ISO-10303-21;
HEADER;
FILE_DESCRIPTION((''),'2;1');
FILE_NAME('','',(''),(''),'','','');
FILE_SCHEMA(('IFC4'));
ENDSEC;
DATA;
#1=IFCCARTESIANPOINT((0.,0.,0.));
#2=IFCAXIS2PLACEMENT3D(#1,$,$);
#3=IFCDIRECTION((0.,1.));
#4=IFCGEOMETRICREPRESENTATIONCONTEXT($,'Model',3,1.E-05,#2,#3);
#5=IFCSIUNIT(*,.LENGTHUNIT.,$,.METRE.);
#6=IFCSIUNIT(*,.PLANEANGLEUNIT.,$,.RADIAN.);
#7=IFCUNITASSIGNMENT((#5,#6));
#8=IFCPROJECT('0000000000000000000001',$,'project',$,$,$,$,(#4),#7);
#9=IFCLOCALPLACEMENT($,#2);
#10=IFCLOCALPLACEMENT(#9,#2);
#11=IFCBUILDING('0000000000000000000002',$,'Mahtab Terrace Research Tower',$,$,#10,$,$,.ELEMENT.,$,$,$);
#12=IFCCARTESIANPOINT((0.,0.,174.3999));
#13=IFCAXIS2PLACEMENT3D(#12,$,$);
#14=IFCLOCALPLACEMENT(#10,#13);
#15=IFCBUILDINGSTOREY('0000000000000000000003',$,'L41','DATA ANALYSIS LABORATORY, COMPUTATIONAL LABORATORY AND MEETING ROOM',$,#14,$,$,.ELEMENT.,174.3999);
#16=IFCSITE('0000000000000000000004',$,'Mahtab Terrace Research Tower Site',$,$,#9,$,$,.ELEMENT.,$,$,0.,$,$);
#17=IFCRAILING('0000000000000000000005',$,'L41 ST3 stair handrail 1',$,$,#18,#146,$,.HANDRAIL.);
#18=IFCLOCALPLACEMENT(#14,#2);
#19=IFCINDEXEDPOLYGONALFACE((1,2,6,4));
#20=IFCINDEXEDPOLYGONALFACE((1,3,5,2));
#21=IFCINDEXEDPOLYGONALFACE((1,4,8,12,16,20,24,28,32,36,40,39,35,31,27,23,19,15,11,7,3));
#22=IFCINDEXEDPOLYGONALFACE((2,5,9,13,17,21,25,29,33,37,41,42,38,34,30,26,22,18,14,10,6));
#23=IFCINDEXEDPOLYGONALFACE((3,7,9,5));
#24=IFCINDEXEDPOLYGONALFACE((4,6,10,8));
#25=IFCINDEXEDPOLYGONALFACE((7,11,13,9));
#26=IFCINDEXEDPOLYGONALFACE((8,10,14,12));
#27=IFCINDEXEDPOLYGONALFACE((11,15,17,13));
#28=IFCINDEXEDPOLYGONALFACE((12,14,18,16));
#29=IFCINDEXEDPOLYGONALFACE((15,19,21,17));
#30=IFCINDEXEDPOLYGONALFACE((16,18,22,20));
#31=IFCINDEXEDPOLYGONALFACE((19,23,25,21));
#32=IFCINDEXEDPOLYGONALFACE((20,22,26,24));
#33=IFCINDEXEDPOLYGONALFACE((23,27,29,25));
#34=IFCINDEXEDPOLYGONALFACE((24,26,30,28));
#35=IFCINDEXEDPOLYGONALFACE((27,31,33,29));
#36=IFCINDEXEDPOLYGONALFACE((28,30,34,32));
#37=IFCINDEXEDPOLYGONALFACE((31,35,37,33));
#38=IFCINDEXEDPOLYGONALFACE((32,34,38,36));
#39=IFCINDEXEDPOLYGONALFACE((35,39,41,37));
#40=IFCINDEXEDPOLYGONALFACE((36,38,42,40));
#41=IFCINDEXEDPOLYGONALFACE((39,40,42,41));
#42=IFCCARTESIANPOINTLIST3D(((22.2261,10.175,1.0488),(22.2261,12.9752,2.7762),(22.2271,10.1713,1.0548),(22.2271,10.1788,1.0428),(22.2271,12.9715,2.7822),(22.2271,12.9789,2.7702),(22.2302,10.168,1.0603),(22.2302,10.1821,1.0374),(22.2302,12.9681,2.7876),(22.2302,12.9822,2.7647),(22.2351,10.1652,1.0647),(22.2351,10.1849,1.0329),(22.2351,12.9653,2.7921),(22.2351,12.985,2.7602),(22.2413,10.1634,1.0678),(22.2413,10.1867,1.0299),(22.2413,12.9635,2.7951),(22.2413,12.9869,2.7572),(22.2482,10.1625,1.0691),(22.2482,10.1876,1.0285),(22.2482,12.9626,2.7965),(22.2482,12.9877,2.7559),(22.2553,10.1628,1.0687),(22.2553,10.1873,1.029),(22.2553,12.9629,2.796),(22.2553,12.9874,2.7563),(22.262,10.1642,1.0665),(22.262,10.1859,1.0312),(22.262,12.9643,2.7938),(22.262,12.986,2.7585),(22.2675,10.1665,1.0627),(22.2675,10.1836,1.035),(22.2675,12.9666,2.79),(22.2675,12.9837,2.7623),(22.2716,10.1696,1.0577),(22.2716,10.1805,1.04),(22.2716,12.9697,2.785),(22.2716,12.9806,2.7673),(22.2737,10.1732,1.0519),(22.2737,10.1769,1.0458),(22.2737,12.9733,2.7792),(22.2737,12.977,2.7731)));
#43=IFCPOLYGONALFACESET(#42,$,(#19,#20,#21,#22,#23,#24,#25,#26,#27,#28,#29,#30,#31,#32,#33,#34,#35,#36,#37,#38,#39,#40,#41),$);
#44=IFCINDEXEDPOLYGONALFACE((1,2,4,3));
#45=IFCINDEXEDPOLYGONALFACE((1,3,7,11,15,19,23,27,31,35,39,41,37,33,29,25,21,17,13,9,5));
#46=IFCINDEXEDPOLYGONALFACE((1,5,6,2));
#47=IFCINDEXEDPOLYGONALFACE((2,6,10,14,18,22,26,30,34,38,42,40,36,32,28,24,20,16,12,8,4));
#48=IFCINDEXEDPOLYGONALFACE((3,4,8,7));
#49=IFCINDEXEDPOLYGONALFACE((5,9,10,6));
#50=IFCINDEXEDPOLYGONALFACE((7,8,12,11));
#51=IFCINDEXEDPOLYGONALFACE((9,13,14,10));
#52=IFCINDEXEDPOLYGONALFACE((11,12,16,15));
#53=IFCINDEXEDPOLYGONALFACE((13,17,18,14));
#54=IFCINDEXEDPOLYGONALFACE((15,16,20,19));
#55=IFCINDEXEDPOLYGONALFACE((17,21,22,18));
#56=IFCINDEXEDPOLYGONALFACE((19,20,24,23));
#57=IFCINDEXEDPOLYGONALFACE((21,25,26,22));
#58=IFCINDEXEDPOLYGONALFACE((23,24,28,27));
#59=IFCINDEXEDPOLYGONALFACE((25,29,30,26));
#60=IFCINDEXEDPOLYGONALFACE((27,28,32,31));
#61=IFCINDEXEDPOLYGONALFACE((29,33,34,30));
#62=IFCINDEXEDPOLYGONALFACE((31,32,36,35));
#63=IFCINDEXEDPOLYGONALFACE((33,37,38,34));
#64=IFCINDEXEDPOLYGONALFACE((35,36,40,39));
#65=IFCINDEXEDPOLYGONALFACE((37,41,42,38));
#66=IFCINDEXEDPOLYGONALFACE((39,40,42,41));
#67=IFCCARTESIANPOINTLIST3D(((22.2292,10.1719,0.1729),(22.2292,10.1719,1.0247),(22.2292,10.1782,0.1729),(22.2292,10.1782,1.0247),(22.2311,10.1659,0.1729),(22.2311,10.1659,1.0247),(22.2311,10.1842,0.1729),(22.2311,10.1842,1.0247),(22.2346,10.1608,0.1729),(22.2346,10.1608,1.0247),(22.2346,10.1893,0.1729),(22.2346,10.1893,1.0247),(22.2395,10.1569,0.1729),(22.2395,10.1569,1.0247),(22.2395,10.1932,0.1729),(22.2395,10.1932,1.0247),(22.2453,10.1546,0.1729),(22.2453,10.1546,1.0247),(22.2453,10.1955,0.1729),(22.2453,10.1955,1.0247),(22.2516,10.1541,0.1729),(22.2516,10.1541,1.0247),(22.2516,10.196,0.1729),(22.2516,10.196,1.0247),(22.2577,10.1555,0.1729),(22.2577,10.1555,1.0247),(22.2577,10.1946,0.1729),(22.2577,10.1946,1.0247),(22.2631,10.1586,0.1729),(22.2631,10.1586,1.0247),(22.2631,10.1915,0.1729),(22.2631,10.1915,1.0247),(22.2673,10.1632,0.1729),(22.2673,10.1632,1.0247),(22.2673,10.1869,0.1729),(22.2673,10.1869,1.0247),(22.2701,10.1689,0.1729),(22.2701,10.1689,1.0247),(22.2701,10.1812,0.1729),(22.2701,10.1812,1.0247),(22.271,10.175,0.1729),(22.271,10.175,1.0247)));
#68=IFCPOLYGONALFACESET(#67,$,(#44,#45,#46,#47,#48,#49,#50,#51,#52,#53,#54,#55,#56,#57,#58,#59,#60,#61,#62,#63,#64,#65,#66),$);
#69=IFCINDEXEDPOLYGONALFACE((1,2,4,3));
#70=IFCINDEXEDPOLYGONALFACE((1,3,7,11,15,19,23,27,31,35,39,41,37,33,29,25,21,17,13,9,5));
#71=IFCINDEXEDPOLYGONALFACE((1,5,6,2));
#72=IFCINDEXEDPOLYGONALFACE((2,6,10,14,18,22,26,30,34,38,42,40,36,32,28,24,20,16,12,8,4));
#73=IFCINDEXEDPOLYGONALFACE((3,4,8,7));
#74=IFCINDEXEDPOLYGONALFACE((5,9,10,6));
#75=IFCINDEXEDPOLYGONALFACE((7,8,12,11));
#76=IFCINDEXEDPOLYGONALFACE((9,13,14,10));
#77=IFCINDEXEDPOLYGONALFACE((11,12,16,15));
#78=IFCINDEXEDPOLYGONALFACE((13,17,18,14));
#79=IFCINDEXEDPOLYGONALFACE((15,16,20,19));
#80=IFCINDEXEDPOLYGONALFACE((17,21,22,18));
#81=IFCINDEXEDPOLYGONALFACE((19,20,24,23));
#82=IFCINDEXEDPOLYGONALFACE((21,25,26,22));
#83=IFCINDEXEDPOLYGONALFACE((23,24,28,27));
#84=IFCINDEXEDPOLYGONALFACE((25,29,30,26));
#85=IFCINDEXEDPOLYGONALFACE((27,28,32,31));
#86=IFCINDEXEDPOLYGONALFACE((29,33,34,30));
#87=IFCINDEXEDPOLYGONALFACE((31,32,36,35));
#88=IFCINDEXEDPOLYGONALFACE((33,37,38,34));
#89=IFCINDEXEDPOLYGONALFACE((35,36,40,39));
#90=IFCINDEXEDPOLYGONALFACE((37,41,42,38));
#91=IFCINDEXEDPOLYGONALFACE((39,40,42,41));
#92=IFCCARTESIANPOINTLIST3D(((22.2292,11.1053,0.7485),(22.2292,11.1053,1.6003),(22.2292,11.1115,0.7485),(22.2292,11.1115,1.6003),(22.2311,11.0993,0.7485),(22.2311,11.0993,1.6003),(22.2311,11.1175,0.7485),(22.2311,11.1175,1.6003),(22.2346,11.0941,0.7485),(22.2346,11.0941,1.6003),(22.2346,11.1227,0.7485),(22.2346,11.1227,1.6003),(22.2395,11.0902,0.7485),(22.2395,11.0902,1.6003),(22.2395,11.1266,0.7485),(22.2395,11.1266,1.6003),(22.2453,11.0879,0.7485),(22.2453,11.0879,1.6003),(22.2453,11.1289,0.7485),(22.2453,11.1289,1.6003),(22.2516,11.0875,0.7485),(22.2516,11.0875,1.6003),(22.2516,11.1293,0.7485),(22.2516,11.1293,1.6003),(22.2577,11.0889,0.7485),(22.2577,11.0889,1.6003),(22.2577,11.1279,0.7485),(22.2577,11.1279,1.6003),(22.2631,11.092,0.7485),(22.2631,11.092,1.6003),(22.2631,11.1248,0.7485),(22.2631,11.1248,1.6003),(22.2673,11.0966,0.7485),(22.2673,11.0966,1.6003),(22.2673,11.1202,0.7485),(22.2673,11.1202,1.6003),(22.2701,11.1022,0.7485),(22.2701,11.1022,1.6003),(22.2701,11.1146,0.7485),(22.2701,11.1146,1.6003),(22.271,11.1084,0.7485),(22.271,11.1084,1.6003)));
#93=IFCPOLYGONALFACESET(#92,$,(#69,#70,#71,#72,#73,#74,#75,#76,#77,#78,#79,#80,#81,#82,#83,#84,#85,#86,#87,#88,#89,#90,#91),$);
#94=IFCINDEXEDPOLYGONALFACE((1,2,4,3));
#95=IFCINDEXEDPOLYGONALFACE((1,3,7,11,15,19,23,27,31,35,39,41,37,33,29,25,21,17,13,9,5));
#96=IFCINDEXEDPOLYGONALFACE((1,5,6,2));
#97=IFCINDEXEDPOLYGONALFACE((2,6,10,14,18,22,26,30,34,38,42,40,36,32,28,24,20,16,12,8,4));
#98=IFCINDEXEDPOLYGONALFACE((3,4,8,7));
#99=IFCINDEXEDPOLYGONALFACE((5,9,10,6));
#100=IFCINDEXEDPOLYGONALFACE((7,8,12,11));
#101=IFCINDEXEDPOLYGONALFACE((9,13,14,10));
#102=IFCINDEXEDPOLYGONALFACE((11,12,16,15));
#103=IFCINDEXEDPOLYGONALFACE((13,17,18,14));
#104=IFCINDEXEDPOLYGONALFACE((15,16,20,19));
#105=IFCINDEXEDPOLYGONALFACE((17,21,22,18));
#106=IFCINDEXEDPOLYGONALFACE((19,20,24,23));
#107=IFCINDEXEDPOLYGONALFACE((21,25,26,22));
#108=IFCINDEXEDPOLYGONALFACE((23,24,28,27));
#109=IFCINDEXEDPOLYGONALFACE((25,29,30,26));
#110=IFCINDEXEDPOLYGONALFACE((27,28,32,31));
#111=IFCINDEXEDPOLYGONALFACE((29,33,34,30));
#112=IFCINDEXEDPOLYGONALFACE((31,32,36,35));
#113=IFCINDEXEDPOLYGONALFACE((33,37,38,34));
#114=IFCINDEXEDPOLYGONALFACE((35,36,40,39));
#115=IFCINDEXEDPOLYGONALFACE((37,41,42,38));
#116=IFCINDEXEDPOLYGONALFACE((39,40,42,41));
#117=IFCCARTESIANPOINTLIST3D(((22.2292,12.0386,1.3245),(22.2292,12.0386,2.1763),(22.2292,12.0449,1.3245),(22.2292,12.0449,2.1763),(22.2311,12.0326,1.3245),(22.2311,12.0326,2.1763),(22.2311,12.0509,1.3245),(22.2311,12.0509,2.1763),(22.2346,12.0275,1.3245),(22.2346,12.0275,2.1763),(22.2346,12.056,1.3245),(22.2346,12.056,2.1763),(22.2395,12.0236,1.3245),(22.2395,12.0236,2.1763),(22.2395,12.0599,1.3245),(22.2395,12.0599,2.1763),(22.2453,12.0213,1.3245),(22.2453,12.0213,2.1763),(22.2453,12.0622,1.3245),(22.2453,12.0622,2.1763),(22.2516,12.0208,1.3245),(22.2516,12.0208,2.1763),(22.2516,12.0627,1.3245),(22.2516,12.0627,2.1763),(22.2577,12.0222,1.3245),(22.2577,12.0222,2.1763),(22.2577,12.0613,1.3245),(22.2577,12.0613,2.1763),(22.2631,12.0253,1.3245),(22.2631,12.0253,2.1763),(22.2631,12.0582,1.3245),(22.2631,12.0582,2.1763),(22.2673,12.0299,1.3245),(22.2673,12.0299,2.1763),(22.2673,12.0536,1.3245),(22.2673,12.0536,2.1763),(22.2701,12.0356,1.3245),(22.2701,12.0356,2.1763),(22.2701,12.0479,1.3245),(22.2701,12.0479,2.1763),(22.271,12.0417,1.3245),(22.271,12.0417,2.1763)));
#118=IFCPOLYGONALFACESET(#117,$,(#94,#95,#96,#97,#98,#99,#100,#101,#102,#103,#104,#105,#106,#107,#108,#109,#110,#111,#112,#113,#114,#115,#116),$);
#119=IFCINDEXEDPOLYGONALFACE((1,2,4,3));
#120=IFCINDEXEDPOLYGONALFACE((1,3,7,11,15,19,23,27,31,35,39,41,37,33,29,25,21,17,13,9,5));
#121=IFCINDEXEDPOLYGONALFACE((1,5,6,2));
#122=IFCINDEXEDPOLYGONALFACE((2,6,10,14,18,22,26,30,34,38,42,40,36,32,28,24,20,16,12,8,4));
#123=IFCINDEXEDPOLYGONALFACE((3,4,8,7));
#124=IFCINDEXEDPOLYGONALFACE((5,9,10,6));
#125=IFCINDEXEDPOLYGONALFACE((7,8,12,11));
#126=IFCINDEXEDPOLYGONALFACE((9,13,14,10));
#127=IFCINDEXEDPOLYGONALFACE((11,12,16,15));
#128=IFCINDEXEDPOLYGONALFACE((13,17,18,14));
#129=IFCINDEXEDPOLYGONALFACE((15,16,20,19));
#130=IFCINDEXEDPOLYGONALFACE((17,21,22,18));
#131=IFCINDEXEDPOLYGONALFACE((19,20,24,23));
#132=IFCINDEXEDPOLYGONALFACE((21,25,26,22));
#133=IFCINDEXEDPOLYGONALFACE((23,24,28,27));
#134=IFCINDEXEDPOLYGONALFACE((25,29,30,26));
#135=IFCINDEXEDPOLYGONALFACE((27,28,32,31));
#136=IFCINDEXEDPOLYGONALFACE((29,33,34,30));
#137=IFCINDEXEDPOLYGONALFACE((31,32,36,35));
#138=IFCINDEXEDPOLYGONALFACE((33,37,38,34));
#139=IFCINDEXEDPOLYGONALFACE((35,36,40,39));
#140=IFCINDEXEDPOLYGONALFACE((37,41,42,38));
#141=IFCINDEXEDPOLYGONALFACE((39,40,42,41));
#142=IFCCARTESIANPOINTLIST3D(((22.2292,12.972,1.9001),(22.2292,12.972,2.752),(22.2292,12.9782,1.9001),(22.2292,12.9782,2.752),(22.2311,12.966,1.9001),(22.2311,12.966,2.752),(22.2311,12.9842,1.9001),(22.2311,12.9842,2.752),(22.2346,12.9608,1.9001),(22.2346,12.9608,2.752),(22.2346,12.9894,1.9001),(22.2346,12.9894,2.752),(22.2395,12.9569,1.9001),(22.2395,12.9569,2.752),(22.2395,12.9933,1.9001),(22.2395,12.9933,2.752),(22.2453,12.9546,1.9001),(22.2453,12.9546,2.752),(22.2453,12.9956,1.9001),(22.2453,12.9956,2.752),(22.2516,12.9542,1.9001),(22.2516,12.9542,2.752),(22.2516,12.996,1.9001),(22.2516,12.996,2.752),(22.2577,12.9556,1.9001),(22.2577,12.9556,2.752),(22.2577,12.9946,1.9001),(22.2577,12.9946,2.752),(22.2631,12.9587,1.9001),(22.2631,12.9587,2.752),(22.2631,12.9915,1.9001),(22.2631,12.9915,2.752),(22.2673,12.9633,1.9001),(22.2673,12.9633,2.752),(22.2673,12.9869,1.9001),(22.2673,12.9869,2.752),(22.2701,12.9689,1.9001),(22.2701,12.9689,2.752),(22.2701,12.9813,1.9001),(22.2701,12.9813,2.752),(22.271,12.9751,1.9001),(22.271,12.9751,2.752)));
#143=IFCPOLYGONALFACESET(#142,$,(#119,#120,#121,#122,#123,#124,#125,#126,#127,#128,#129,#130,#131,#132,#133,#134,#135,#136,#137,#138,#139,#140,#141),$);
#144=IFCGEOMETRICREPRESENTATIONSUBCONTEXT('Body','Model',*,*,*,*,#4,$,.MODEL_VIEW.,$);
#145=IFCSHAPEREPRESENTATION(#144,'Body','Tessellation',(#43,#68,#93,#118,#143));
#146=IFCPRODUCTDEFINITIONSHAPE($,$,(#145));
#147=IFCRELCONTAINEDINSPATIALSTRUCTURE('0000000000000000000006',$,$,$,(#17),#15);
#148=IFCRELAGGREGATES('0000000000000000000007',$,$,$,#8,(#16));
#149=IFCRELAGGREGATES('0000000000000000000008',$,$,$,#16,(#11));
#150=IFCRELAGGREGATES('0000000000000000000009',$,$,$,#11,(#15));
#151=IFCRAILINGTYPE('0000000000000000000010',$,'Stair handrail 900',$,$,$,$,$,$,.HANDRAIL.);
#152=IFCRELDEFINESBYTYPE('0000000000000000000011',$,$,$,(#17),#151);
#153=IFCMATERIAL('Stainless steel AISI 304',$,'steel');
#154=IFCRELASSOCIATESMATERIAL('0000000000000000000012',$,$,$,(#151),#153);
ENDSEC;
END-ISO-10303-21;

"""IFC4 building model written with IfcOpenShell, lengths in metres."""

from ifc_helpers import new_model, si_unit, direction, frame, origin, origin_2d, place, context, subcontext, project, spatial, circle, extrude, material, type_object, element, save


model = new_model("IFC4")

# Units and contexts
model_context = context("Model", 3, precision=1e-05, world=origin(), true_north=direction((0.0, 1.0)))
body_context = subcontext(model_context, "Body", "Model", "MODEL_VIEW")
ifc_project = project(units=[si_unit("LENGTHUNIT", "METRE"), si_unit("PLANEANGLEUNIT", "RADIAN")], contexts=[model_context])

# Site, building, storey
site_placement = place(None, origin())
site = spatial("IfcSite", under=ifc_project, at=site_placement, Name="Mahtab Terrace Research Tower Site", CompositionType="ELEMENT", RefElevation=0.0)
building_placement = place(site_placement, origin())
building = spatial("IfcBuilding", under=site, at=building_placement, Name="Mahtab Terrace Research Tower", CompositionType="ELEMENT")
storey_placement = place(building_placement, frame((0.0, 0.0, 174.3999)))
storey = spatial("IfcBuildingStorey", under=building, at=storey_placement, Name="L41", Description="DATA ANALYSIS LABORATORY, COMPUTATIONAL LABORATORY AND MEETING ROOM", CompositionType="ELEMENT", Elevation=174.3999)

# Railing
ifc_material_1 = material(Name="Stainless steel AISI 304", Category="steel")
railing_type_1 = type_object("IfcRailingType", Name="Stair handrail 900", PredefinedType="HANDRAIL", material=ifc_material_1)
railing_1_placement = place(storey_placement, frame((22.25, 10.175, 0.1729)))
element("IfcRailing", 1, at=railing_1_placement, inside=storey, type_object=railing_type_1, Name="L41 ST3 stair handrail 1", PredefinedType="HANDRAIL", context=body_context, shape_type="SweptSolid", body=[
    extrude(circle(Radius=0.0239, at=origin_2d()), frame((0.0, 0.0, 0.876), z_axis=(0.0, 0.85109, 0.52502), x_axis=(-1.0, 0.0, 0.0)), (0.0, 0.0, 1.0), 3.29),
    extrude(circle(Radius=0.021, at=origin_2d()), origin(), (0.0, 0.0, 1.0), 0.8518),
    extrude(circle(Radius=0.021, at=origin_2d()), frame((0.0, 0.9333, 0.5757)), (0.0, 0.0, 1.0), 0.8518),
    extrude(circle(Radius=0.021, at=origin_2d()), frame((0.0, 1.8667, 1.1516)), (0.0, 0.0, 1.0), 0.8518),
    extrude(circle(Radius=0.021, at=origin_2d()), frame((0.0, 2.8, 1.7273)), (0.0, 0.0, 1.0), 0.8518),
])

save(model, "model.ifc")
